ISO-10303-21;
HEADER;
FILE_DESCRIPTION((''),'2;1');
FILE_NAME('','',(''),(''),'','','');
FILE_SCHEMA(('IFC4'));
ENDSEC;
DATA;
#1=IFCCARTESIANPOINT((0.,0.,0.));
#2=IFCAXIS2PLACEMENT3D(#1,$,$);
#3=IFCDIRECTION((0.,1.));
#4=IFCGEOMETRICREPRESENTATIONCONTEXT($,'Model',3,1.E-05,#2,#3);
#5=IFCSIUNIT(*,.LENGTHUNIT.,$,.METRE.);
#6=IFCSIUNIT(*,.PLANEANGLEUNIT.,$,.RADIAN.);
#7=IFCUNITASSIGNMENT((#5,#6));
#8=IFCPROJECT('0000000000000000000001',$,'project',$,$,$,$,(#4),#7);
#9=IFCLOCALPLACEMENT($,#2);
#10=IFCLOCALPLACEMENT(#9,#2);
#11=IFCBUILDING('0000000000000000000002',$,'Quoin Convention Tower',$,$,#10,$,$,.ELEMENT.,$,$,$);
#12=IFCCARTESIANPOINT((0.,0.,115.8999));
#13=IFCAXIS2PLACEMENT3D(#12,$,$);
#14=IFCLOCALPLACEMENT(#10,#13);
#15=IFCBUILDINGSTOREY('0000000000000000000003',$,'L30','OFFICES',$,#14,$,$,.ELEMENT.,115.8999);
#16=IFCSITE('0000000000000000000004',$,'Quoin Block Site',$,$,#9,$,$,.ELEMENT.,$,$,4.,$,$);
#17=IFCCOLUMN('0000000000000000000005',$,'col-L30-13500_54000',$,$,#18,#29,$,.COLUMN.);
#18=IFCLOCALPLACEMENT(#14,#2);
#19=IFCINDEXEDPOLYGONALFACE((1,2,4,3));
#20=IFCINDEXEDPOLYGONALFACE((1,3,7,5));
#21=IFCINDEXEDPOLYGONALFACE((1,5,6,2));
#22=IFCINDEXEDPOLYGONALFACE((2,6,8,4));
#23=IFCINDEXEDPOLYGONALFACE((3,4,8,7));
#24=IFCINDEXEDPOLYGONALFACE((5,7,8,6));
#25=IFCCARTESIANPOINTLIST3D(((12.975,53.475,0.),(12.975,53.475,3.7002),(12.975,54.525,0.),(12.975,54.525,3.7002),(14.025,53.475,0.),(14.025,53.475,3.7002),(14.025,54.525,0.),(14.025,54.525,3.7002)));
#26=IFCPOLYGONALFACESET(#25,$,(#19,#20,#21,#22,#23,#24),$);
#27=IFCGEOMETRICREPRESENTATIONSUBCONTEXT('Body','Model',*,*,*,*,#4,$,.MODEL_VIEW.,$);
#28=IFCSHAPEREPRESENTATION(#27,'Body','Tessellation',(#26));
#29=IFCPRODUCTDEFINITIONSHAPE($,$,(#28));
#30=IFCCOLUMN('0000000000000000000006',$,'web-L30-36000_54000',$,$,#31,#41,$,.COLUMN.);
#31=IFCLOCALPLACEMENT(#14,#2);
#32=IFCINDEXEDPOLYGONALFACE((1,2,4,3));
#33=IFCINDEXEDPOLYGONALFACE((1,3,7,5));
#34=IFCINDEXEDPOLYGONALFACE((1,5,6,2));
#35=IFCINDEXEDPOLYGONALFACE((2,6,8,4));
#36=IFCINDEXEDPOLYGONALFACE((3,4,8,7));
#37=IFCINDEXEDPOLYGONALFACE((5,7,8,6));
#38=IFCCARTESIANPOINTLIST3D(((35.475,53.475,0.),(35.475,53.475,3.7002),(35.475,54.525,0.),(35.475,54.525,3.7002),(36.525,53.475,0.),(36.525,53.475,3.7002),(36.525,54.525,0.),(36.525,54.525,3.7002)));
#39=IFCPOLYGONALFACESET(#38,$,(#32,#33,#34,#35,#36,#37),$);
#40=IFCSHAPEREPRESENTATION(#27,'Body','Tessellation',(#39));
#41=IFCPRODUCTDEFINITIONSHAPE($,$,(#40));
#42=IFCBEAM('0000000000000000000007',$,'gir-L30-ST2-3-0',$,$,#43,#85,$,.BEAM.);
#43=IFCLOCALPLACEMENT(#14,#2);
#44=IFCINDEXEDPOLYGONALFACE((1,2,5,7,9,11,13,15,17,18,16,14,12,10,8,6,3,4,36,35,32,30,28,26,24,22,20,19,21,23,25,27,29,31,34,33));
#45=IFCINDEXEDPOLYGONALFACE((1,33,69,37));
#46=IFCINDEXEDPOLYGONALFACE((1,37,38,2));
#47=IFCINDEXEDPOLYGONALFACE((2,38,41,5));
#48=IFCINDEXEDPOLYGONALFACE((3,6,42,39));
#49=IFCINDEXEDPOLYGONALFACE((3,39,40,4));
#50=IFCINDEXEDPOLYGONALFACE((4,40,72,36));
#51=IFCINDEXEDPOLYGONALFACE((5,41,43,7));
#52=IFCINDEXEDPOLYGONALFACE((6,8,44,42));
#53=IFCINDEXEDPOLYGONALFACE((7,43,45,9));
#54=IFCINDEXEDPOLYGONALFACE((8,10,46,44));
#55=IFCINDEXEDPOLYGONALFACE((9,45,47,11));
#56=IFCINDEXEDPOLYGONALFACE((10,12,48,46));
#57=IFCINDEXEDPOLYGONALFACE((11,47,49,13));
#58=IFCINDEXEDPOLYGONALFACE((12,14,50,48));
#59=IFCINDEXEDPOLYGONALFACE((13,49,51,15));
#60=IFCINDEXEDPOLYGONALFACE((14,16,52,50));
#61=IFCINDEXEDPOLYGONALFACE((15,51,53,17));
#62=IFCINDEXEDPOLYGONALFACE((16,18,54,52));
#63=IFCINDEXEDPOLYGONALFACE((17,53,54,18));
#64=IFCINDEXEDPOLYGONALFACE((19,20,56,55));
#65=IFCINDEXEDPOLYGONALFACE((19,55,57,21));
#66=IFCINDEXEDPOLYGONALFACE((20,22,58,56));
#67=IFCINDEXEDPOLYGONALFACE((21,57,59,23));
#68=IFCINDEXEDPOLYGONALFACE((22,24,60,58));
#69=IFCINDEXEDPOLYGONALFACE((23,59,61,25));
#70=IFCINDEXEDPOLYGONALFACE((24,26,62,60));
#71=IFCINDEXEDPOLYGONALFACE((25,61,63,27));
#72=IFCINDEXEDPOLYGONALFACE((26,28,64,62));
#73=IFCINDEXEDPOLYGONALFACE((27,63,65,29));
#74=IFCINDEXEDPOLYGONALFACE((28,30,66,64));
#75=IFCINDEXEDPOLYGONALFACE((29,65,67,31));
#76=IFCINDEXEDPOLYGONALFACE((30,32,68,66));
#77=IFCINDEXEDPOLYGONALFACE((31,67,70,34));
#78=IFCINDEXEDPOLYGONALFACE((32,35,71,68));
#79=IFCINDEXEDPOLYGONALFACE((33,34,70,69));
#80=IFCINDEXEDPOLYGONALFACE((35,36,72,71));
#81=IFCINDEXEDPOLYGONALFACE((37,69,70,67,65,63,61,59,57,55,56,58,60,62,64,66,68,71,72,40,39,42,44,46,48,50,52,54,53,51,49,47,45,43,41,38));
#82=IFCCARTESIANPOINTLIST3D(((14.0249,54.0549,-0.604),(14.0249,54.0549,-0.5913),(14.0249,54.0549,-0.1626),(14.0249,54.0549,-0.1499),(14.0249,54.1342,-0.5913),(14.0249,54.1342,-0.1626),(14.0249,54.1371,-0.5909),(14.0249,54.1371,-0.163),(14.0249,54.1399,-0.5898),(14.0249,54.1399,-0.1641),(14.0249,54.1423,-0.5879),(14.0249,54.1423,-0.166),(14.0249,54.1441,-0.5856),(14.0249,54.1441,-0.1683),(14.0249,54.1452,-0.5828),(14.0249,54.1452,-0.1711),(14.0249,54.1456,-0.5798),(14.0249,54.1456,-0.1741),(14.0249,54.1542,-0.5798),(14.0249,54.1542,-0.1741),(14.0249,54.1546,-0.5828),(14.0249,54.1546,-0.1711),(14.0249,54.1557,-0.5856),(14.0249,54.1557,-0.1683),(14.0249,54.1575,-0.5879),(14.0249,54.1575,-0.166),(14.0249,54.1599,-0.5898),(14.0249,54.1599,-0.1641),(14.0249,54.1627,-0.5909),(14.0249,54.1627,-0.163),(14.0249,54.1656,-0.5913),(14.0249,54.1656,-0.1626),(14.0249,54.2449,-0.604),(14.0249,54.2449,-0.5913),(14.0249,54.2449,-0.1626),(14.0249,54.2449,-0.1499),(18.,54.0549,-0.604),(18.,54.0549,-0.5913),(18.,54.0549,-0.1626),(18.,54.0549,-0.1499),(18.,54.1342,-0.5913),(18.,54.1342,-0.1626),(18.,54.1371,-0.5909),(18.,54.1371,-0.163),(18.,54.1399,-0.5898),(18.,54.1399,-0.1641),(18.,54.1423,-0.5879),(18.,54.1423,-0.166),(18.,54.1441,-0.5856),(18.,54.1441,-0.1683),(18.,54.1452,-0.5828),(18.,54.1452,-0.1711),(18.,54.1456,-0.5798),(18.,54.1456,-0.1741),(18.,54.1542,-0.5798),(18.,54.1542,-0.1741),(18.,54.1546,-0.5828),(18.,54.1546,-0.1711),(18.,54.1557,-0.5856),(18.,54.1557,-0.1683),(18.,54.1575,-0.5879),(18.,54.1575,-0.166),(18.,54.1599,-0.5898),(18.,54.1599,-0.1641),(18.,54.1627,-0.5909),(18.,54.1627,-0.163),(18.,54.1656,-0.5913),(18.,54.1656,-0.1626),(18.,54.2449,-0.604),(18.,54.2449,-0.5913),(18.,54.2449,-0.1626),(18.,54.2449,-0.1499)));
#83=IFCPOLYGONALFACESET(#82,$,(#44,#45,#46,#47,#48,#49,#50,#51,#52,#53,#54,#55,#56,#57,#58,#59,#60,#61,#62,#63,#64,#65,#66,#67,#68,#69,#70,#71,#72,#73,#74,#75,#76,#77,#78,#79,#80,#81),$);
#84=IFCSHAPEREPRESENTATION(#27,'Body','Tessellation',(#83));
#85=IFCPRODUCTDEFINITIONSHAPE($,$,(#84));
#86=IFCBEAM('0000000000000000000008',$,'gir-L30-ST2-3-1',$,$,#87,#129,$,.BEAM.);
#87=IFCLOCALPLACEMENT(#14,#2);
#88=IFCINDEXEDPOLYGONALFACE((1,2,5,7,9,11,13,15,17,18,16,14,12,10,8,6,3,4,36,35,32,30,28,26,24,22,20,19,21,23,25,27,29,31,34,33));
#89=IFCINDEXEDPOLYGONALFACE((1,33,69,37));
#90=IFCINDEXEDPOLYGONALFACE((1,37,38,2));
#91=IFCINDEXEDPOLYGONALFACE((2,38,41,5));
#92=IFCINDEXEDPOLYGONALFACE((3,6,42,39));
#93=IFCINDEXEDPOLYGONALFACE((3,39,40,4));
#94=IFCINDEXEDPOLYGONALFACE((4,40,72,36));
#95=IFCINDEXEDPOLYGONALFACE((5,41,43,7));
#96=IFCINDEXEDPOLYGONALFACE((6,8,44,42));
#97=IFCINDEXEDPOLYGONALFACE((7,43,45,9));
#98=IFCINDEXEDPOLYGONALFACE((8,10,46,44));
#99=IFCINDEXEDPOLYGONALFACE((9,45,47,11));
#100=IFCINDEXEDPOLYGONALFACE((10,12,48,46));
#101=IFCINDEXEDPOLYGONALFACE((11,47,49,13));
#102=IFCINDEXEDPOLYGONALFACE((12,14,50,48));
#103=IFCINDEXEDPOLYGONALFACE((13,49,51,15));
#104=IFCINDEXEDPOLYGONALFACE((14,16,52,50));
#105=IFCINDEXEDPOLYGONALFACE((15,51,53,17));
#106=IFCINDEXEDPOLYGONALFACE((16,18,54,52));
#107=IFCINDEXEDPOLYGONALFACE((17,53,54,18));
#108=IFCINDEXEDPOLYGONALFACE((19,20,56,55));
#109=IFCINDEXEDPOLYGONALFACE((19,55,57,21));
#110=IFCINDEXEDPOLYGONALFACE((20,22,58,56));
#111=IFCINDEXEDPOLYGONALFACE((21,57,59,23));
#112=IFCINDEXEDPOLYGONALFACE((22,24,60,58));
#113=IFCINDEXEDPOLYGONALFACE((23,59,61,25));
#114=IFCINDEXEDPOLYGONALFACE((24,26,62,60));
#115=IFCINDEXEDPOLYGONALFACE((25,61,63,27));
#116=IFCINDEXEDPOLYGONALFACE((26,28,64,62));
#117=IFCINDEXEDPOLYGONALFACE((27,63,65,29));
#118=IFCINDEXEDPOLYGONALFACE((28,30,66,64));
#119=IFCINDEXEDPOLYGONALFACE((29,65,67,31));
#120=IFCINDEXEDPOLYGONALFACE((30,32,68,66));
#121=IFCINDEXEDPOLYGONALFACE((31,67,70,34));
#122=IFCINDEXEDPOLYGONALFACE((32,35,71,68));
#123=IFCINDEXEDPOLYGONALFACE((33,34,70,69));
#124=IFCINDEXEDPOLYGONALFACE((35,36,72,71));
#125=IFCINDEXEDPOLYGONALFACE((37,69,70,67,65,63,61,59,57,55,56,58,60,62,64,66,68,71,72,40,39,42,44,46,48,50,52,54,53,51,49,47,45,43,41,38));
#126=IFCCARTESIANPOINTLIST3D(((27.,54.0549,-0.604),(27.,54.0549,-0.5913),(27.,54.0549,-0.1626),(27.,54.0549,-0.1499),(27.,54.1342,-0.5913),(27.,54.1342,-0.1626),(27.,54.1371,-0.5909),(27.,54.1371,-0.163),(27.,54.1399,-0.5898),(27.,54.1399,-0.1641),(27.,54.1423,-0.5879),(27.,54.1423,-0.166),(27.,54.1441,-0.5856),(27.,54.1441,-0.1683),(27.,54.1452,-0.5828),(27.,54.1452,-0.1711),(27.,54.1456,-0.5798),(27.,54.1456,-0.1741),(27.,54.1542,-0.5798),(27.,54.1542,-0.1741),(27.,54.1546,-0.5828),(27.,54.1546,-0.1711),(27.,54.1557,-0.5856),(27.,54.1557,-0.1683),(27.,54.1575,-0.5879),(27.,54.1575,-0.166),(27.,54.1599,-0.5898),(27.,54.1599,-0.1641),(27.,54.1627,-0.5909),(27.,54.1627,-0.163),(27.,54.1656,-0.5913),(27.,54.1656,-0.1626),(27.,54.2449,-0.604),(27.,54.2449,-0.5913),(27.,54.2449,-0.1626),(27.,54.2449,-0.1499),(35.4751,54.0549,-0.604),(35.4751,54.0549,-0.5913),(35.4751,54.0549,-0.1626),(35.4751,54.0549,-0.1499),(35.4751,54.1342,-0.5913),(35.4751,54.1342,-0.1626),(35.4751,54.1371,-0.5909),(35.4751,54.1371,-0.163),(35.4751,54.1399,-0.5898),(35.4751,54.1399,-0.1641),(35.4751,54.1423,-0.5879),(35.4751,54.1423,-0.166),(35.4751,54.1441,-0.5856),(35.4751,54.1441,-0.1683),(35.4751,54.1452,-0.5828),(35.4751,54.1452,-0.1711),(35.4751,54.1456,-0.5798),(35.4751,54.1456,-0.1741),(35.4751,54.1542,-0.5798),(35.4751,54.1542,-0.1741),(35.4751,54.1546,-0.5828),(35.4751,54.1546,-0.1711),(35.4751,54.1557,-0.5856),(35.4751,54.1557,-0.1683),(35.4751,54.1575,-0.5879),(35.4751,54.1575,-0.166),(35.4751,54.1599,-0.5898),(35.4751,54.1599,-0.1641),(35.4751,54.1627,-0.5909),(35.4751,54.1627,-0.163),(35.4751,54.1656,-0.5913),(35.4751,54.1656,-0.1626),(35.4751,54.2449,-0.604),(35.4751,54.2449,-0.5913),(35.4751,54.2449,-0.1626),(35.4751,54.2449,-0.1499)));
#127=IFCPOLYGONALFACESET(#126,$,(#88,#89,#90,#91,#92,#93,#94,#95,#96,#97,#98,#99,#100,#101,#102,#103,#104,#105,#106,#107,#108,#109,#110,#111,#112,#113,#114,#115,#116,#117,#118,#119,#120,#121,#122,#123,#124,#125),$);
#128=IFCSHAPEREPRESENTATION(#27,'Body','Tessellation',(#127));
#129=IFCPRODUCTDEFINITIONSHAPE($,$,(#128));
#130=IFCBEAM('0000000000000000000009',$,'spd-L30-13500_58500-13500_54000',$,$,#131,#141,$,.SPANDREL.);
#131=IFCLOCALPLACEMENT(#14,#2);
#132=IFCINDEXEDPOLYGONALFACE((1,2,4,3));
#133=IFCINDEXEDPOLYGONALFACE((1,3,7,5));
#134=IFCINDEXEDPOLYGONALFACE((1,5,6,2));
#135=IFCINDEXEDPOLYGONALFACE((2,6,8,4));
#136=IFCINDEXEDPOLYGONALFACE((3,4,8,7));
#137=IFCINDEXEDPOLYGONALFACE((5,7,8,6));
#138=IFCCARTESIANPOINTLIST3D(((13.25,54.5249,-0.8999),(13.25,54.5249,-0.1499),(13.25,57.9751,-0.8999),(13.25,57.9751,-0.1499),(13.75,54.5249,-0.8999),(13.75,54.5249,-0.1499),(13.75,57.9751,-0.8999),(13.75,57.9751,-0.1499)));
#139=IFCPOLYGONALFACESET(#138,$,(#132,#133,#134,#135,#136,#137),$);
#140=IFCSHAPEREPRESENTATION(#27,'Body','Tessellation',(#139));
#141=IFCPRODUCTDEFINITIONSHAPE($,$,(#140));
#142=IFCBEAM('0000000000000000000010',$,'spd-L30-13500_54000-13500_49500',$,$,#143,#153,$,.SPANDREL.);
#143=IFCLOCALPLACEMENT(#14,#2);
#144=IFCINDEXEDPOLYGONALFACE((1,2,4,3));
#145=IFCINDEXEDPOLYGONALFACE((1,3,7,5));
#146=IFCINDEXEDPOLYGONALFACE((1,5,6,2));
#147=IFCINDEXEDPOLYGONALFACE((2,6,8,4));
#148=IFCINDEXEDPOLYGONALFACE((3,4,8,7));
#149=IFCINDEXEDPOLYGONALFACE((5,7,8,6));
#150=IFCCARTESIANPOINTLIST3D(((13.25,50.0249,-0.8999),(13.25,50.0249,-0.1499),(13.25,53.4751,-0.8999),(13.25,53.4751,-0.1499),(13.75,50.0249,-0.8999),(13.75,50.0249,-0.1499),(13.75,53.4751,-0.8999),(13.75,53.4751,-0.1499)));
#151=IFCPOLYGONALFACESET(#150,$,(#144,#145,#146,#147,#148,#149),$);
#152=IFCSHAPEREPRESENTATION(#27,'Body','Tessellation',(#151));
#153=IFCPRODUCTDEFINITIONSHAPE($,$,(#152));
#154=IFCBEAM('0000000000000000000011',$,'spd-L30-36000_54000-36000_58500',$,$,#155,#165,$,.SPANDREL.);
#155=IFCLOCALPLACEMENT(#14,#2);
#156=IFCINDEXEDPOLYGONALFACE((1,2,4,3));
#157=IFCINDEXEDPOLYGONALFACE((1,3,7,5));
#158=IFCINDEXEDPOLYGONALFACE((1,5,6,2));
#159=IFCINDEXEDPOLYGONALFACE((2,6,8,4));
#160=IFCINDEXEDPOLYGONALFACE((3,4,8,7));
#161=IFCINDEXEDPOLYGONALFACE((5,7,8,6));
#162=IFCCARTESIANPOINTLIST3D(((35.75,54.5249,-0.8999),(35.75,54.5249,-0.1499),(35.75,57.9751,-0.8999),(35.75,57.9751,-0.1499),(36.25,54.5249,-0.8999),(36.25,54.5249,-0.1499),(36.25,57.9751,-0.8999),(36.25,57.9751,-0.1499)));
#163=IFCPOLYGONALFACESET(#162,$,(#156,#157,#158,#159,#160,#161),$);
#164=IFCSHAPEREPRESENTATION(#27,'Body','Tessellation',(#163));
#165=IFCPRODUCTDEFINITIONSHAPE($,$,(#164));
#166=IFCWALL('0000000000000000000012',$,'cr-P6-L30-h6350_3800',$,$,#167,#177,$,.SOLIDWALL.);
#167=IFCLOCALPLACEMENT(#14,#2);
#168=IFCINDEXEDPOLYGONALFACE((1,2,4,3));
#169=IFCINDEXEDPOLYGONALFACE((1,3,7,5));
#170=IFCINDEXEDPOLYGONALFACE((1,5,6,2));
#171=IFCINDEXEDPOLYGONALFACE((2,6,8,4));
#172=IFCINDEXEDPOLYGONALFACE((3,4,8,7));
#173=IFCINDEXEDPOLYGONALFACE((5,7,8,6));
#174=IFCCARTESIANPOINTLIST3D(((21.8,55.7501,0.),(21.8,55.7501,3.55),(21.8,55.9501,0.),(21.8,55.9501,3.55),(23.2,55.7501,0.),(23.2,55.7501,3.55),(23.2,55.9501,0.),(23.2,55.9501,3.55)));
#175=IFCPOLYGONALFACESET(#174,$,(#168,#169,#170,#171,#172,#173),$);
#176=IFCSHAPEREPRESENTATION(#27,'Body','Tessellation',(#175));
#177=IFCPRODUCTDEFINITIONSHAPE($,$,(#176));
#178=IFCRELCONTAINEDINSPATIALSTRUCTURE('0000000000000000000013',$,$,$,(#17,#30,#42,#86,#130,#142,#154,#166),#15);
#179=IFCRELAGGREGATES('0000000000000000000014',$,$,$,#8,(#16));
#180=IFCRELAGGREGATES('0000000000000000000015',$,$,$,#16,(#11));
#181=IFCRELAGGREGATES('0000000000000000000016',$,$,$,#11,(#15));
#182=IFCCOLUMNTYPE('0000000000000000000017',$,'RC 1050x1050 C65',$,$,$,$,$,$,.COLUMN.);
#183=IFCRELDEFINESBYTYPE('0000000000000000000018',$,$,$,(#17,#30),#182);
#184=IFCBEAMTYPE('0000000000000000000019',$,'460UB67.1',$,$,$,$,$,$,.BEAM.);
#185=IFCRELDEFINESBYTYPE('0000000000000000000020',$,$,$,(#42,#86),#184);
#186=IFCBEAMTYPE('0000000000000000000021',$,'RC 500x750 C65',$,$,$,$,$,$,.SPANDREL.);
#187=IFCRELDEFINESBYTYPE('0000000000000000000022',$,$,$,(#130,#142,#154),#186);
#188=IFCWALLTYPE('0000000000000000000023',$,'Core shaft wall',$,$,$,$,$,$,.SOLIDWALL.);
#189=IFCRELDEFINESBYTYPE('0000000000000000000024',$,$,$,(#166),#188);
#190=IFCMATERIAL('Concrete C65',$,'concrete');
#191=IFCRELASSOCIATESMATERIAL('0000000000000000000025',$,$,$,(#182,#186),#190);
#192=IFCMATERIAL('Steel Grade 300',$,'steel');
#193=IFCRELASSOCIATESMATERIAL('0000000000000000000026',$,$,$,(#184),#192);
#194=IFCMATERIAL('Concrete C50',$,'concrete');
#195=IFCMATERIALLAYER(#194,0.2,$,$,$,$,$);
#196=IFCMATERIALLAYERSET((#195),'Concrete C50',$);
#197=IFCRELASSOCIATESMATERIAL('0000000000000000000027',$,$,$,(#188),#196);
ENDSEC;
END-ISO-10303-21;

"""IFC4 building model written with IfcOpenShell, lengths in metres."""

from ifc_helpers import new_model, si_unit, direction, frame, frame_2d, origin, origin_2d, place, context, subcontext, project, spatial, rectangle, i_section, extrude, material, layer, layer_set, material_profile, profile_set, type_object, element, save


model = new_model("IFC4")

# Units and contexts
model_context = context("Model", 3, precision=1e-05, world=origin(), true_north=direction((0.0, 1.0)))
body_context = subcontext(model_context, "Body", "Model", "MODEL_VIEW")
ifc_project = project(units=[si_unit("LENGTHUNIT", "METRE"), si_unit("PLANEANGLEUNIT", "RADIAN")], contexts=[model_context])

# Site, building, storey
site_placement = place(None, origin())
site = spatial("IfcSite", under=ifc_project, at=site_placement, Name="Quoin Block Site", CompositionType="ELEMENT", RefElevation=4.0)
building_placement = place(site_placement, origin())
building = spatial("IfcBuilding", under=site, at=building_placement, Name="Quoin Convention Tower", CompositionType="ELEMENT")
storey_placement = place(building_placement, frame((0.0, 0.0, 115.8999)))
storey = spatial("IfcBuildingStorey", under=building, at=storey_placement, Name="L30", Description="OFFICES", CompositionType="ELEMENT", Elevation=115.8999)

# Columns
ifc_material_1 = material(Name="Concrete C65", Category="concrete")
ifc_material_profile_1 = material_profile(ifc_material_1, rectangle(XDim=1.05, YDim=1.05, at=origin_2d()), Name="RC 1050x1050")
ifc_profile_set_1 = profile_set([ifc_material_profile_1], Name="Concrete C65")
column_type = type_object("IfcColumnType", Name="RC 1050x1050 C65", PredefinedType="COLUMN", material=ifc_profile_set_1)
for number, where, z_axis, x_axis, name in (
    (1, (13.5, 54.0, 0.0), (0.0, 0.0, 1.0), (1.0, 0.0, 0.0), "col-L30-13500_54000"),
    (2, (36.0, 54.0, 0.0), (0.0, 0.0, 1.0), (1.0, 0.0, 0.0), "web-L30-36000_54000"),
):
    element("IfcColumn", number, at=place(storey_placement, frame(where, z_axis=z_axis, x_axis=x_axis)), inside=storey, type_object=column_type, Name=name, PredefinedType="COLUMN", context=body_context, shape_type="SweptSolid", body=[
        extrude(rectangle(XDim=1.05, YDim=1.05, at=origin_2d()), origin(), (0.0, 0.0, 1.0), 3.7002),
    ])

# Beams
ifc_material_2 = material(Name="Steel Grade 300", Category="steel")
ifc_material_profile_2 = material_profile(ifc_material_2, i_section(OverallWidth=0.1899, OverallDepth=0.4541, WebThickness=0.0085, FlangeThickness=0.0127, FilletRadius=0.0115, at=origin_2d()), Name="460UB67.1")
ifc_profile_set_2 = profile_set([ifc_material_profile_2], Name="Steel Grade 300")
beam_type_1 = type_object("IfcBeamType", Name="460UB67.1", PredefinedType="BEAM", material=ifc_profile_set_2)
beam_1_placement = place(storey_placement, frame((14.0249, 54.1499, -0.377), z_axis=(1.0, 0.0, 0.0), x_axis=(0.0, 1.0, 0.0)))
element("IfcBeam", 3, at=beam_1_placement, inside=storey, type_object=beam_type_1, Name="gir-L30-ST2-3-0", PredefinedType="BEAM", context=body_context, shape_type="SweptSolid", body=[
    extrude(i_section(OverallWidth=0.1899, OverallDepth=0.4541, WebThickness=0.0085, FlangeThickness=0.0127, FilletRadius=0.0115, at=origin_2d()), origin(), (0.0, 0.0, 1.0), 3.9751),
])
beam_2_placement = place(storey_placement, frame((27.0, 54.1499, -0.377), z_axis=(1.0, 0.0, 0.0), x_axis=(0.0, 1.0, 0.0)))
element("IfcBeam", 4, at=beam_2_placement, inside=storey, type_object=beam_type_1, Name="gir-L30-ST2-3-1", PredefinedType="BEAM", context=body_context, shape_type="SweptSolid", body=[
    extrude(i_section(OverallWidth=0.1899, OverallDepth=0.4541, WebThickness=0.0085, FlangeThickness=0.0127, FilletRadius=0.0115, at=origin_2d()), origin(), (0.0, 0.0, 1.0), 8.4751),
])
ifc_material_profile_3 = material_profile(ifc_material_1, rectangle(XDim=0.5, YDim=0.75, at=origin_2d()), Name="RC 500x750")
ifc_profile_set_3 = profile_set([ifc_material_profile_3], Name="Concrete C65")
beam_type_2 = type_object("IfcBeamType", Name="RC 500x750 C65", PredefinedType="SPANDREL", material=ifc_profile_set_3)
for number, where, z_axis, x_axis, name in (
    (5, (13.5, 57.9751, -0.5249), (0.0, -1.0, 0.0), (1.0, 0.0, 0.0), "spd-L30-13500_58500-13500_54000"),
    (6, (13.5, 53.4751, -0.5249), (0.0, -1.0, 0.0), (1.0, 0.0, 0.0), "spd-L30-13500_54000-13500_49500"),
    (7, (36.0, 54.5249, -0.5249), (0.0, 1.0, 0.0), (-1.0, 0.0, 0.0), "spd-L30-36000_54000-36000_58500"),
):
    element("IfcBeam", number, at=place(storey_placement, frame(where, z_axis=z_axis, x_axis=x_axis)), inside=storey, type_object=beam_type_2, Name=name, PredefinedType="SPANDREL", context=body_context, shape_type="SweptSolid", body=[
        extrude(rectangle(XDim=0.5, YDim=0.75, at=origin_2d()), origin(), (0.0, 0.0, 1.0), 3.4502),
    ])

# Wall
ifc_material_3 = material(Name="Concrete C50", Category="concrete")
ifc_layer_1 = layer(ifc_material_3, 0.2)
ifc_layer_set_1 = layer_set([ifc_layer_1], Name="Concrete C50")
wall_type_1 = type_object("IfcWallType", Name="Core shaft wall", PredefinedType="SOLIDWALL", material=ifc_layer_set_1)
wall_1_placement = place(storey_placement, frame((21.8, 55.8501, 0.0), z_axis=(0.0, 0.0, 1.0), x_axis=(1.0, 0.0, 0.0)))
element("IfcWall", 8, at=wall_1_placement, inside=storey, type_object=wall_type_1, Name="cr-P6-L30-h6350_3800", PredefinedType="SOLIDWALL", context=body_context, shape_type="SweptSolid", body=[
    extrude(rectangle(XDim=1.3999, YDim=0.2, at=frame_2d((0.7, 0.0))), origin(), (0.0, 0.0, 1.0), 3.55),
])

save(model, "model.ifc")
